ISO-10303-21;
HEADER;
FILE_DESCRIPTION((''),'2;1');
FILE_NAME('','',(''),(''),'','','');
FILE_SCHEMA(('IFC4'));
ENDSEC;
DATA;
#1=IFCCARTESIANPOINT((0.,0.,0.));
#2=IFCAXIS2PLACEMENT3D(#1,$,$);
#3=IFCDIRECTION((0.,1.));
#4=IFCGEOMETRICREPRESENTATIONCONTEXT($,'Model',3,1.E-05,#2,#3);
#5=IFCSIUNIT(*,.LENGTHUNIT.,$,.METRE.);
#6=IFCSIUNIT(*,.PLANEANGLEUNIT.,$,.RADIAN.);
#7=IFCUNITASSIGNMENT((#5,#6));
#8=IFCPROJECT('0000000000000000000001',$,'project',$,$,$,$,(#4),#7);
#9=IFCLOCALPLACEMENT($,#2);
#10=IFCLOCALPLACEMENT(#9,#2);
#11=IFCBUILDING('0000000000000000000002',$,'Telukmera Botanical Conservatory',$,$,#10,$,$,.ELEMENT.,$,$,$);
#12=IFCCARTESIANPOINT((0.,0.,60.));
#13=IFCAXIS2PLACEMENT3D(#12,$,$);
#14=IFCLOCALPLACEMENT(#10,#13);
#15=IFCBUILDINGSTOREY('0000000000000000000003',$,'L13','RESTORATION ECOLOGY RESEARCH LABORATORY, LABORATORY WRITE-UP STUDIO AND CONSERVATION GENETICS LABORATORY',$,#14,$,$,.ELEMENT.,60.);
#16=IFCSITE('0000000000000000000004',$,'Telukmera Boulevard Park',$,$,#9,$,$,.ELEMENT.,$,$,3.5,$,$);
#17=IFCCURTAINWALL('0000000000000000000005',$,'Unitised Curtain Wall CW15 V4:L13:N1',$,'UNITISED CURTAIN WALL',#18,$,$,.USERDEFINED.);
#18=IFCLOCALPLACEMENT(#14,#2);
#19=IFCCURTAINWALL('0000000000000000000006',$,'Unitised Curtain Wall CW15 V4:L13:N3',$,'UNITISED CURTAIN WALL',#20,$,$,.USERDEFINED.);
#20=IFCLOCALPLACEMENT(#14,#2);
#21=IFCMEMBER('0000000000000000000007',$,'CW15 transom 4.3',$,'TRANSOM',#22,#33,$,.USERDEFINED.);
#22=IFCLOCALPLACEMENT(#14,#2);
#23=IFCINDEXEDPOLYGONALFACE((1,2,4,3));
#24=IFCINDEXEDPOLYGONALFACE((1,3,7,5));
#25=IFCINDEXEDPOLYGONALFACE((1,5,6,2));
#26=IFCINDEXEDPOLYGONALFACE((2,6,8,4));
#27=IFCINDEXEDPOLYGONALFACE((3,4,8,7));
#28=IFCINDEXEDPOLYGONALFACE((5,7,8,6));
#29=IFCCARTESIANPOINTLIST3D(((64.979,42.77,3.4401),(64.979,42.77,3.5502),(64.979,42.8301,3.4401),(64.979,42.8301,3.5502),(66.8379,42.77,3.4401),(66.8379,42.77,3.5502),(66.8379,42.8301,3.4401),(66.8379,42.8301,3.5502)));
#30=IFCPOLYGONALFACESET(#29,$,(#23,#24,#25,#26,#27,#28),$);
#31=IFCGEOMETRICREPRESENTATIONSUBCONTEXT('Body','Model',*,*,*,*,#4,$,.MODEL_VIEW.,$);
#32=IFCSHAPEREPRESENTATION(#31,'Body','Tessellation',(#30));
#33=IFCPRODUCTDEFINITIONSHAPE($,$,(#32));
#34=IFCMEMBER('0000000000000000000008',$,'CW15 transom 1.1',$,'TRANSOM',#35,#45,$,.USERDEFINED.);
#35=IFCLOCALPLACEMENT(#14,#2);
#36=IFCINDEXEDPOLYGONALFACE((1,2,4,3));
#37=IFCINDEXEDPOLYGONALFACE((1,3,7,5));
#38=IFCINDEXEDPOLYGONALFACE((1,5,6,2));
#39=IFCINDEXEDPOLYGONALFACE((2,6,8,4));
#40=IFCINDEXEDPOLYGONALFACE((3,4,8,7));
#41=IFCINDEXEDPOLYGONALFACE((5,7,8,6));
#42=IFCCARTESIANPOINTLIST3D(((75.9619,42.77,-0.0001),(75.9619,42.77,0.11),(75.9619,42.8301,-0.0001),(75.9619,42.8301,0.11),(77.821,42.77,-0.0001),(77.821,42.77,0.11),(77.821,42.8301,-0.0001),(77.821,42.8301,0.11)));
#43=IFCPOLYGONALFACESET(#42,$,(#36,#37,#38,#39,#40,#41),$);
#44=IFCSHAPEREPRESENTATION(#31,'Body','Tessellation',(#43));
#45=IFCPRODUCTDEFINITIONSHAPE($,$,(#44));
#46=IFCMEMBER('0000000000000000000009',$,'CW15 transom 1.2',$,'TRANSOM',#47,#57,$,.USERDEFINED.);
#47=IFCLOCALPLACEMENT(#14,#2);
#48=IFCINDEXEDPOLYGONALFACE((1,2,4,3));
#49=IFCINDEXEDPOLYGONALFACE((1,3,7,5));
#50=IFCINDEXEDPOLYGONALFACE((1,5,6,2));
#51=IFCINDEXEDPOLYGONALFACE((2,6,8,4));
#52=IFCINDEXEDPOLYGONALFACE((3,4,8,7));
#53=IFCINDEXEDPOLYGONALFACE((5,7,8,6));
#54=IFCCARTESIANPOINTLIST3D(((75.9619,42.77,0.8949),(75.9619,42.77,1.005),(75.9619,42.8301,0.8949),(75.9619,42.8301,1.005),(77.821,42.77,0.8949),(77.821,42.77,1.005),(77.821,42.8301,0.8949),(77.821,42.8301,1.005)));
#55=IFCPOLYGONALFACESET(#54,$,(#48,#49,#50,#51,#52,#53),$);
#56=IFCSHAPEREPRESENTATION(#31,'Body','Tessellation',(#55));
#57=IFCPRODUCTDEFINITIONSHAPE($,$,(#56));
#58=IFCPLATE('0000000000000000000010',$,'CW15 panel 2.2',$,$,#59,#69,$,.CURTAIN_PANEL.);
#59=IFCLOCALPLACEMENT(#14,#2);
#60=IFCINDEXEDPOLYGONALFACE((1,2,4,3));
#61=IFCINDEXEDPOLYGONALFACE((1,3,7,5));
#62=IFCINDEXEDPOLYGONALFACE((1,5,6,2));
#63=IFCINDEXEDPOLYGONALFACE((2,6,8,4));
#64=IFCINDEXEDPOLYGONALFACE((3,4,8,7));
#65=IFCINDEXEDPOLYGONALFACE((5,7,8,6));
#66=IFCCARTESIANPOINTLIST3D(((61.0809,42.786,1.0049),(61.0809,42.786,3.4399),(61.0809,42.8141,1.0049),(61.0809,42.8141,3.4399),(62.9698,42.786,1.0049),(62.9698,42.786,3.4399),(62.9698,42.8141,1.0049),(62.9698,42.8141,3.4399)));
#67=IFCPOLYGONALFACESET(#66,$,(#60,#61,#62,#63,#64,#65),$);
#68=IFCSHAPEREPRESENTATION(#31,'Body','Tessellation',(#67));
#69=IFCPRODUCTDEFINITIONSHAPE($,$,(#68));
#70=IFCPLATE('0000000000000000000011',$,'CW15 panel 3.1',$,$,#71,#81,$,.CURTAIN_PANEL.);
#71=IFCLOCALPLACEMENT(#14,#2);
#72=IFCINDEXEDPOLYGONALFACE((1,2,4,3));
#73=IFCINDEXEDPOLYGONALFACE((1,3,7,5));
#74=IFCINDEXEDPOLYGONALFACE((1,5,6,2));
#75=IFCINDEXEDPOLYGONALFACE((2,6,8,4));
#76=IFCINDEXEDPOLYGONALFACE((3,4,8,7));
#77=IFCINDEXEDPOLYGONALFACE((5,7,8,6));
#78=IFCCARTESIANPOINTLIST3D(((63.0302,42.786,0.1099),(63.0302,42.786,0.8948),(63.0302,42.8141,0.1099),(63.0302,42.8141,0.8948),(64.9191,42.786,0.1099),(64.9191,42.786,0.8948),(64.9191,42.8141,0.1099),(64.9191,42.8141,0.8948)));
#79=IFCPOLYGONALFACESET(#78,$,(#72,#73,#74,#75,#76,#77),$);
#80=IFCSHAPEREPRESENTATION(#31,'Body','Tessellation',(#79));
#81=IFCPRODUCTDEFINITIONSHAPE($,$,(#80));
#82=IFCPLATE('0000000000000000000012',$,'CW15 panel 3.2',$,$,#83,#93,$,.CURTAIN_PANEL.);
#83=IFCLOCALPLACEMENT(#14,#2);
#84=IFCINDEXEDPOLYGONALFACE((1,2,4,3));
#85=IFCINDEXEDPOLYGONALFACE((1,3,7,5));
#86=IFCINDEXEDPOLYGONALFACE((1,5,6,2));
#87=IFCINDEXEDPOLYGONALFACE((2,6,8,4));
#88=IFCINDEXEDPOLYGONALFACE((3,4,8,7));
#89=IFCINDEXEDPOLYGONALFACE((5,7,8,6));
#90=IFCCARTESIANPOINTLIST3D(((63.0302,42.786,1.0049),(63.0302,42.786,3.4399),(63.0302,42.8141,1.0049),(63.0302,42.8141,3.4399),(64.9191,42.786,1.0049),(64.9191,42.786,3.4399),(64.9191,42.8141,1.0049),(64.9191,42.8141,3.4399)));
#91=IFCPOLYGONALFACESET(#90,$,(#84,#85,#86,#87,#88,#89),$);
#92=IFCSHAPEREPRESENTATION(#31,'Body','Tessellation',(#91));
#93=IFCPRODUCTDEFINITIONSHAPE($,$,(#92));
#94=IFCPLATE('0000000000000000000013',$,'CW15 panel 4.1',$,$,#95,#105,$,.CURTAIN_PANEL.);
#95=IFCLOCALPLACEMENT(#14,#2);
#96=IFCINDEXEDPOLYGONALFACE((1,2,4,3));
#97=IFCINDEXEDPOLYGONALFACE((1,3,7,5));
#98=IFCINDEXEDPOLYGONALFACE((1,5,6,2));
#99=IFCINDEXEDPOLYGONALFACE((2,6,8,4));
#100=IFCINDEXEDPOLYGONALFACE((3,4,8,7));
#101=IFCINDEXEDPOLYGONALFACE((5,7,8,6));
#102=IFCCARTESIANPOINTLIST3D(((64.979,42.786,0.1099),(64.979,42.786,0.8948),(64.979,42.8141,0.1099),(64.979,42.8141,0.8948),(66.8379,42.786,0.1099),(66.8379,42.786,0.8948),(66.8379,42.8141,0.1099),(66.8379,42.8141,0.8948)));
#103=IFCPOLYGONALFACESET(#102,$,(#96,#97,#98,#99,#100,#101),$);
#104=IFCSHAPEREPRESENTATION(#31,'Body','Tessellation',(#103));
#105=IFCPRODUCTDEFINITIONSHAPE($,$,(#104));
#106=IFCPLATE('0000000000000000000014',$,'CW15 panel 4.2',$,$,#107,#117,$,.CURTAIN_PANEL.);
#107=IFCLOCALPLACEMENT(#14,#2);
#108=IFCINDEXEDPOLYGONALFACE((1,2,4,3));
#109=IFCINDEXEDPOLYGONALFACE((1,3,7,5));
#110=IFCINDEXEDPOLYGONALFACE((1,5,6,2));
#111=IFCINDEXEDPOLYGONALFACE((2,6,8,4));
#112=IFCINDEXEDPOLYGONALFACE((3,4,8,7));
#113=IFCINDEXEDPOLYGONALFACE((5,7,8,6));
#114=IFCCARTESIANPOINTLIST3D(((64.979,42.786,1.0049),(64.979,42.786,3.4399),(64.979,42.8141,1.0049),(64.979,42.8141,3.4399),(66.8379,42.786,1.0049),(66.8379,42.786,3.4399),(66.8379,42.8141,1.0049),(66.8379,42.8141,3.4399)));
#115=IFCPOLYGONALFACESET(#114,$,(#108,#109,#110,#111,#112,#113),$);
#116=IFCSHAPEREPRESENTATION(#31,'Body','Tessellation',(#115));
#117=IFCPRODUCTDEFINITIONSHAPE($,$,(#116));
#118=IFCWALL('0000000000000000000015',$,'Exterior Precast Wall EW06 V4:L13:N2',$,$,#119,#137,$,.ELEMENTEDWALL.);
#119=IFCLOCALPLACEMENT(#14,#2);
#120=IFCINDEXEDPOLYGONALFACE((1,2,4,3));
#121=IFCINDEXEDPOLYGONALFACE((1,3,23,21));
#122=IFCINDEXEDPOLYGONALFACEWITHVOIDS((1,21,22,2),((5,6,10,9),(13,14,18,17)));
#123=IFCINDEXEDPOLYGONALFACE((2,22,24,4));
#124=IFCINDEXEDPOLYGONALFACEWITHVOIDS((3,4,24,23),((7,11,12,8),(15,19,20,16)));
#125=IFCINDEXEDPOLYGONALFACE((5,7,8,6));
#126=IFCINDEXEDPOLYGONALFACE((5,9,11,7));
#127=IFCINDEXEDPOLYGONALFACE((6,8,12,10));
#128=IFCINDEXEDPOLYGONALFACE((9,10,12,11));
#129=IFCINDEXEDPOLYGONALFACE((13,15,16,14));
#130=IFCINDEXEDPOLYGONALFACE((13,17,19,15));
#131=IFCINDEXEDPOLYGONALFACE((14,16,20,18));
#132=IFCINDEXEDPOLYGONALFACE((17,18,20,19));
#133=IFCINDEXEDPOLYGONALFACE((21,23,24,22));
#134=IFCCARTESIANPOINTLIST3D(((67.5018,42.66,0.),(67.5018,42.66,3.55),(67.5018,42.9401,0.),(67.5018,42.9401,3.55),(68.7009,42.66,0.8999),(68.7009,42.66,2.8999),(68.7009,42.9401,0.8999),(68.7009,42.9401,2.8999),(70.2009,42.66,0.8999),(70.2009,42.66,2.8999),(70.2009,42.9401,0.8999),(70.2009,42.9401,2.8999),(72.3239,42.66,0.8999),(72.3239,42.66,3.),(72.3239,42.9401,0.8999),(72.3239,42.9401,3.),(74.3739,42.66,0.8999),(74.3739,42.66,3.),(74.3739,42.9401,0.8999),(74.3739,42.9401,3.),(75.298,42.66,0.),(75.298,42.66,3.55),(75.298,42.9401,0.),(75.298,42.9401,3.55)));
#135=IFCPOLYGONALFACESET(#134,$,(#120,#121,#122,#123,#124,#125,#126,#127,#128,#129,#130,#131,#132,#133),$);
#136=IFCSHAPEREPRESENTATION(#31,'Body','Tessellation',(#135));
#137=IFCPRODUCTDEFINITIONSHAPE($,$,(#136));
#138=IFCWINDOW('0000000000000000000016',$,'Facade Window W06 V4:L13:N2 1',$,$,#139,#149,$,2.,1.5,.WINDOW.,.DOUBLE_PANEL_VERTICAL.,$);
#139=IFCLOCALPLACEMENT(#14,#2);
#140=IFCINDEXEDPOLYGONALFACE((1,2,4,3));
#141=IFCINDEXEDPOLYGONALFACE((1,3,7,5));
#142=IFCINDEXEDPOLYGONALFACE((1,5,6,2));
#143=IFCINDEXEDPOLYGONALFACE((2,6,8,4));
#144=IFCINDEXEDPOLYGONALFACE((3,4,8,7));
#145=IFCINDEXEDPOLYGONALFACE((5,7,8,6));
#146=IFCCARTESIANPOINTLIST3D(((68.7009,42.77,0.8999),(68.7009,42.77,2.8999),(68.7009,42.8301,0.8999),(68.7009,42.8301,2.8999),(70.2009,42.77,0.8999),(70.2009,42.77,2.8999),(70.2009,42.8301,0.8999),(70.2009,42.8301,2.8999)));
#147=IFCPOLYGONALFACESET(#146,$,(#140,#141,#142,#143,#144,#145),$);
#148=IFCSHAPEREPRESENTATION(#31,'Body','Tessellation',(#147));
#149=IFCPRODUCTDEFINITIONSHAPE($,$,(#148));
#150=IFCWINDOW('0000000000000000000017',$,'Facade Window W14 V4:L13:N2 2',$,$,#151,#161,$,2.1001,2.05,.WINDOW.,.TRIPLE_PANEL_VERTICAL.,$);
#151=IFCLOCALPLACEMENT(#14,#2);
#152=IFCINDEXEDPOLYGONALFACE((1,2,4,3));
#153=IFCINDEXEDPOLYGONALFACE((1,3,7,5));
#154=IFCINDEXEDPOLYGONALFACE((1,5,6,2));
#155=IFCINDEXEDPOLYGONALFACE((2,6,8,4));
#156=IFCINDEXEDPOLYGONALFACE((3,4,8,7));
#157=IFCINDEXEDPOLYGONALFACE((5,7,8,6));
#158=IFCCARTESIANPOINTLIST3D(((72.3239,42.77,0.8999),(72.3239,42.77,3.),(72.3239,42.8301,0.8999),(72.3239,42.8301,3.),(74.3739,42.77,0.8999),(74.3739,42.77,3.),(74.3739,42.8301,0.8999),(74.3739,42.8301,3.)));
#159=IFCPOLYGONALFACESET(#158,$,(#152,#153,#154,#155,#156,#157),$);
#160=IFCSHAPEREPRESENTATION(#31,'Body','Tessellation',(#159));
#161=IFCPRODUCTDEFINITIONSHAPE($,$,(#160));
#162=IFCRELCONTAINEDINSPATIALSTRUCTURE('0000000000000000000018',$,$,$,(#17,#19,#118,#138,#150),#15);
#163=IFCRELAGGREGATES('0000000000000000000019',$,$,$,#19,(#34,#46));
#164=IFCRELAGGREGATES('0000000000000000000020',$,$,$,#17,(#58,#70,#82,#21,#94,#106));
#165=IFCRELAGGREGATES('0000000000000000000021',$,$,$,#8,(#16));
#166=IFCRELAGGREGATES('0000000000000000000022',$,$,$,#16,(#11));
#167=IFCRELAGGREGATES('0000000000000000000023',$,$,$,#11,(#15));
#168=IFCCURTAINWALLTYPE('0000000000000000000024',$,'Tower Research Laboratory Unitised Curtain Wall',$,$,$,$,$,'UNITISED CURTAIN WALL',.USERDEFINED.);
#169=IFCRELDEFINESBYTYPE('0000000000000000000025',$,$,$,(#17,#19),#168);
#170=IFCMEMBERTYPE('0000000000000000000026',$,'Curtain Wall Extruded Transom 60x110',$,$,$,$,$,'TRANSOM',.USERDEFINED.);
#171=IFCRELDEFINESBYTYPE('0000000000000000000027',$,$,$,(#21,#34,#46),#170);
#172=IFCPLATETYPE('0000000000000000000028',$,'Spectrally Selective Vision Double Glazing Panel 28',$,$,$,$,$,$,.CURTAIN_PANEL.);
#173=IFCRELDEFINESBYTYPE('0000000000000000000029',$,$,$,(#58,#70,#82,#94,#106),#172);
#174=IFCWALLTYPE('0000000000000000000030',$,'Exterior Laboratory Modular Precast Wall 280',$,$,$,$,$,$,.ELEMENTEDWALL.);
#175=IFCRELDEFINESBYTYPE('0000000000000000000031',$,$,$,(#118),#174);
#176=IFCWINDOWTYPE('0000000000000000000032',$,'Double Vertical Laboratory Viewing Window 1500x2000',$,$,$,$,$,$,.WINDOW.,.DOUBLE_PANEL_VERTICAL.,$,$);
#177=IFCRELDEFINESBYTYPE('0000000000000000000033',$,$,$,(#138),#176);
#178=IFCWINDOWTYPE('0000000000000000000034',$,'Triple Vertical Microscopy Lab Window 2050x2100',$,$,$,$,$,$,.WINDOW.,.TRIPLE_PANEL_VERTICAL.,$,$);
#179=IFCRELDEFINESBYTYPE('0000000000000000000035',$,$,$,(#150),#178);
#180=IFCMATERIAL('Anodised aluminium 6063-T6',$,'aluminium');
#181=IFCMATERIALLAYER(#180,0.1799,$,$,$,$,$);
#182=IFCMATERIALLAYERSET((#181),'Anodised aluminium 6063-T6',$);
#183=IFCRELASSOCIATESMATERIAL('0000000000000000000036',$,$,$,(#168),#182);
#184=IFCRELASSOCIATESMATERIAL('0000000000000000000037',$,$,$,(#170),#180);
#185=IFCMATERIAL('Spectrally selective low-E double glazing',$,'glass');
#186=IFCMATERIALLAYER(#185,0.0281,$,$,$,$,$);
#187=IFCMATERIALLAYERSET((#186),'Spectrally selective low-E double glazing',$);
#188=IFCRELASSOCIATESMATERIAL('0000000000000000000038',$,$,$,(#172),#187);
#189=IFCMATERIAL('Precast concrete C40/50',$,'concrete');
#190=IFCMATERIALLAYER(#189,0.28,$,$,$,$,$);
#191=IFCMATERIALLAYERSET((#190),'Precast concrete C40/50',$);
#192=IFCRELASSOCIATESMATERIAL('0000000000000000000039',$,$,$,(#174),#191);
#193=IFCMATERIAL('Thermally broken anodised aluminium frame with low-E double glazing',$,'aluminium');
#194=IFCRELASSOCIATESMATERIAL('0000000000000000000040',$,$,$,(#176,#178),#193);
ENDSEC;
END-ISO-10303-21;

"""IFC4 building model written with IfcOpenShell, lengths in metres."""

from ifc_helpers import new_model, si_unit, direction, frame, frame_2d, origin, origin_2d, place, context, subcontext, project, spatial, rectangle, extrude, material, layer, layer_set, material_profile, profile_set, type_object, element, fill, aggregate, save


model = new_model("IFC4")

# Units and contexts
model_context = context("Model", 3, precision=1e-05, world=origin(), true_north=direction((0.0, 1.0)))
body_context = subcontext(model_context, "Body", "Model", "MODEL_VIEW")
ifc_project = project(units=[si_unit("LENGTHUNIT", "METRE"), si_unit("PLANEANGLEUNIT", "RADIAN")], contexts=[model_context])

# Site, building, storey
site_placement = place(None, origin())
site = spatial("IfcSite", under=ifc_project, at=site_placement, Name="Telukmera Boulevard Park", CompositionType="ELEMENT", RefElevation=3.5)
building_placement = place(site_placement, origin())
building = spatial("IfcBuilding", under=site, at=building_placement, Name="Telukmera Botanical Conservatory", CompositionType="ELEMENT")
storey_placement = place(building_placement, frame((0.0, 0.0, 60.0)))
storey = spatial("IfcBuildingStorey", under=building, at=storey_placement, Name="L13", Description="RESTORATION ECOLOGY RESEARCH LABORATORY, LABORATORY WRITE-UP STUDIO AND CONSERVATION GENETICS LABORATORY", CompositionType="ELEMENT", Elevation=60.0)

# Shared definitions
ifc_material_1 = material(Name="Precast concrete C40/50", Category="concrete")

# Curtain wall
ifc_material_2 = material(Name="Anodised aluminium 6063-T6", Category="aluminium")
ifc_layer_1 = layer(ifc_material_2, 0.1799)
ifc_layer_set_1 = layer_set([ifc_layer_1], Name="Anodised aluminium 6063-T6")
curtain_wall_type = type_object("IfcCurtainWallType", Name="Tower Research Laboratory Unitised Curtain Wall", ElementType="UNITISED CURTAIN WALL", PredefinedType="USERDEFINED", material=ifc_layer_set_1)
curtain_wall_1_placement = place(storey_placement, origin())
curtain_wall_1 = element("IfcCurtainWall", 1, at=curtain_wall_1_placement, inside=storey, type_object=curtain_wall_type, Name="Unitised Curtain Wall CW15 V4:L13:N1", ObjectType="UNITISED CURTAIN WALL", PredefinedType="USERDEFINED")

# Curtain wall
curtain_wall_2_placement = place(storey_placement, origin())
curtain_wall_2 = element("IfcCurtainWall", 2, at=curtain_wall_2_placement, inside=storey, type_object=curtain_wall_type, Name="Unitised Curtain Wall CW15 V4:L13:N3", ObjectType="UNITISED CURTAIN WALL", PredefinedType="USERDEFINED")

# Members
ifc_material_profile_1 = material_profile(ifc_material_2, rectangle(XDim=0.0601, YDim=0.1101, at=origin_2d()), Name="ALU TRAN 60x110")
ifc_profile_set_1 = profile_set([ifc_material_profile_1], Name="Anodised aluminium 6063-T6")
member_type_1 = type_object("IfcMemberType", Name="Curtain Wall Extruded Transom 60x110", ElementType="TRANSOM", PredefinedType="USERDEFINED", material=ifc_profile_set_1)
member_1_placement = place(storey_placement, frame((64.979, 42.8, 3.4951), z_axis=(1.0, 0.0, 0.0), x_axis=(0.0, 1.0, 0.0)))
member_1 = element("IfcMember", 3, at=member_1_placement, type_object=member_type_1, Name="CW15 transom 4.3", ObjectType="TRANSOM", PredefinedType="USERDEFINED", context=body_context, shape_type="SweptSolid", body=[
    extrude(rectangle(XDim=0.0601, YDim=0.1101, at=origin_2d()), origin(), (0.0, 0.0, 1.0), 1.8589),
])
member_2_placement = place(storey_placement, frame((75.9619, 42.8, 0.0549), z_axis=(1.0, 0.0, 0.0), x_axis=(0.0, 1.0, 0.0)))
member_2 = element("IfcMember", 4, at=member_2_placement, type_object=member_type_1, Name="CW15 transom 1.1", ObjectType="TRANSOM", PredefinedType="USERDEFINED", context=body_context, shape_type="SweptSolid", body=[
    extrude(rectangle(XDim=0.0601, YDim=0.1101, at=origin_2d()), origin(), (0.0, 0.0, 1.0), 1.8591),
])
member_3_placement = place(storey_placement, frame((75.9619, 42.8, 0.95), z_axis=(1.0, 0.0, 0.0), x_axis=(0.0, 1.0, 0.0)))
member_3 = element("IfcMember", 5, at=member_3_placement, type_object=member_type_1, Name="CW15 transom 1.2", ObjectType="TRANSOM", PredefinedType="USERDEFINED", context=body_context, shape_type="SweptSolid", body=[
    extrude(rectangle(XDim=0.0601, YDim=0.1101, at=origin_2d()), origin(), (0.0, 0.0, 1.0), 1.8591),
])
aggregate(curtain_wall_2, [member_2, member_3])

# Plates
ifc_material_3 = material(Name="Spectrally selective low-E double glazing", Category="glass")
ifc_layer_2 = layer(ifc_material_3, 0.0281)
ifc_layer_set_2 = layer_set([ifc_layer_2], Name="Spectrally selective low-E double glazing")
plate_type = type_object("IfcPlateType", Name="Spectrally Selective Vision Double Glazing Panel 28", PredefinedType="CURTAIN_PANEL", material=ifc_layer_set_2)
plate_1_placement = place(storey_placement, frame((62.0254, 42.8, 1.0049), z_axis=(0.0, 0.0, 1.0), x_axis=(1.0, 0.0, 0.0)))
plate_1 = element("IfcPlate", 6, at=plate_1_placement, type_object=plate_type, Name="CW15 panel 2.2", PredefinedType="CURTAIN_PANEL", context=body_context, shape_type="SweptSolid", body=[
    extrude(rectangle(XDim=1.8889, YDim=0.0281, at=origin_2d()), origin(), (0.0, 0.0, 1.0), 2.4351),
])
plate_2_placement = place(storey_placement, frame((63.9746, 42.8, 0.1099), z_axis=(0.0, 0.0, 1.0), x_axis=(1.0, 0.0, 0.0)))
plate_2 = element("IfcPlate", 7, at=plate_2_placement, type_object=plate_type, Name="CW15 panel 3.1", PredefinedType="CURTAIN_PANEL", context=body_context, shape_type="SweptSolid", body=[
    extrude(rectangle(XDim=1.8889, YDim=0.0281, at=origin_2d()), origin(), (0.0, 0.0, 1.0), 0.7849),
])
plate_3_placement = place(storey_placement, frame((63.9746, 42.8, 1.0049), z_axis=(0.0, 0.0, 1.0), x_axis=(1.0, 0.0, 0.0)))
plate_3 = element("IfcPlate", 8, at=plate_3_placement, type_object=plate_type, Name="CW15 panel 3.2", PredefinedType="CURTAIN_PANEL", context=body_context, shape_type="SweptSolid", body=[
    extrude(rectangle(XDim=1.8889, YDim=0.0281, at=origin_2d()), origin(), (0.0, 0.0, 1.0), 2.4351),
])
plate_4_placement = place(storey_placement, frame((65.9084, 42.8, 0.1099), z_axis=(0.0, 0.0, 1.0), x_axis=(1.0, 0.0, 0.0)))
plate_4 = element("IfcPlate", 9, at=plate_4_placement, type_object=plate_type, Name="CW15 panel 4.1", PredefinedType="CURTAIN_PANEL", context=body_context, shape_type="SweptSolid", body=[
    extrude(rectangle(XDim=1.8589, YDim=0.0281, at=origin_2d()), origin(), (0.0, 0.0, 1.0), 0.7849),
])
plate_5_placement = place(storey_placement, frame((65.9084, 42.8, 1.0049), z_axis=(0.0, 0.0, 1.0), x_axis=(1.0, 0.0, 0.0)))
plate_5 = element("IfcPlate", 10, at=plate_5_placement, type_object=plate_type, Name="CW15 panel 4.2", PredefinedType="CURTAIN_PANEL", context=body_context, shape_type="SweptSolid", body=[
    extrude(rectangle(XDim=1.8589, YDim=0.0281, at=origin_2d()), origin(), (0.0, 0.0, 1.0), 2.4351),
])
aggregate(curtain_wall_1, [plate_1, plate_2, plate_3, member_1, plate_4, plate_5])

# Wall, openings, windows
ifc_layer_3 = layer(ifc_material_1, 0.28)
ifc_layer_set_3 = layer_set([ifc_layer_3], Name="Precast concrete C40/50")
wall_type_1 = type_object("IfcWallType", Name="Exterior Laboratory Modular Precast Wall 280", PredefinedType="ELEMENTEDWALL", material=ifc_layer_set_3)
wall_1_placement = place(storey_placement, frame((67.502, 42.8, 0.0), z_axis=(0.0, 0.0, 1.0), x_axis=(1.0, 0.0, 0.0)))
wall_1 = element("IfcWall", 11, at=wall_1_placement, inside=storey, type_object=wall_type_1, Name="Exterior Precast Wall EW06 V4:L13:N2", PredefinedType="ELEMENTEDWALL", context=body_context, shape_type="SweptSolid", body=[
    extrude(rectangle(XDim=7.7961, YDim=0.28, at=frame_2d((3.8979, 0.0))), origin(), (0.0, 0.0, 1.0), 3.55),
])
opening_1_placement = place(wall_1_placement, frame((1.199, 0.0, 0.8999)))
opening_1 = element("IfcOpeningElement", 12, at=opening_1_placement, cuts=wall_1, PredefinedType="OPENING", context=body_context, shape_type="SweptSolid", body=[
    extrude(rectangle(XDim=1.5, YDim=2.0, at=frame_2d((0.75, 1.0))), frame((0.0, 0.1499, 0.0), z_axis=(0.0, -1.0, 0.0), x_axis=(1.0, 0.0, 0.0)), (0.0, 0.0, 1.0), 0.3),
])
opening_2_placement = place(wall_1_placement, frame((4.822, 0.0, 0.8999)))
opening_2 = element("IfcOpeningElement", 13, at=opening_2_placement, cuts=wall_1, PredefinedType="OPENING", context=body_context, shape_type="SweptSolid", body=[
    extrude(rectangle(XDim=2.05, YDim=2.1001, at=frame_2d((1.0249, 1.05))), frame((0.0, 0.1499, 0.0), z_axis=(0.0, -1.0, 0.0), x_axis=(1.0, 0.0, 0.0)), (0.0, 0.0, 1.0), 0.3),
])
ifc_material_4 = material(Name="Thermally broken anodised aluminium frame with low-E double glazing", Category="aluminium")
window_type_1 = type_object("IfcWindowType", Name="Double Vertical Laboratory Viewing Window 1500x2000", PartitioningType="DOUBLE_PANEL_VERTICAL", PredefinedType="WINDOW", material=ifc_material_4)
window_1_placement = place(opening_1_placement, origin())
window_1 = element("IfcWindow", 14, at=window_1_placement, inside=storey, type_object=window_type_1, Name="Facade Window W06 V4:L13:N2 1", OverallHeight=2.0, OverallWidth=1.5, PartitioningType="DOUBLE_PANEL_VERTICAL", PredefinedType="WINDOW", context=body_context, shape_type="SweptSolid", body=[
    extrude(rectangle(XDim=1.5, YDim=2.0, at=frame_2d((0.75, 1.0))), frame((0.0, 0.03, 0.0), z_axis=(0.0, -1.0, 0.0), x_axis=(1.0, 0.0, 0.0)), (0.0, 0.0, 1.0), 0.0601),
])
fill(opening_1, window_1)
window_type_2 = type_object("IfcWindowType", Name="Triple Vertical Microscopy Lab Window 2050x2100", PartitioningType="TRIPLE_PANEL_VERTICAL", PredefinedType="WINDOW", material=ifc_material_4)
window_2_placement = place(opening_2_placement, origin())
window_2 = element("IfcWindow", 15, at=window_2_placement, inside=storey, type_object=window_type_2, Name="Facade Window W14 V4:L13:N2 2", OverallHeight=2.1001, OverallWidth=2.05, PartitioningType="TRIPLE_PANEL_VERTICAL", PredefinedType="WINDOW", context=body_context, shape_type="SweptSolid", body=[
    extrude(rectangle(XDim=2.05, YDim=2.1001, at=frame_2d((1.0249, 1.05))), frame((0.0, 0.03, 0.0), z_axis=(0.0, -1.0, 0.0), x_axis=(1.0, 0.0, 0.0)), (0.0, 0.0, 1.0), 0.0601),
])
fill(opening_2, window_2)

save(model, "model.ifc")
